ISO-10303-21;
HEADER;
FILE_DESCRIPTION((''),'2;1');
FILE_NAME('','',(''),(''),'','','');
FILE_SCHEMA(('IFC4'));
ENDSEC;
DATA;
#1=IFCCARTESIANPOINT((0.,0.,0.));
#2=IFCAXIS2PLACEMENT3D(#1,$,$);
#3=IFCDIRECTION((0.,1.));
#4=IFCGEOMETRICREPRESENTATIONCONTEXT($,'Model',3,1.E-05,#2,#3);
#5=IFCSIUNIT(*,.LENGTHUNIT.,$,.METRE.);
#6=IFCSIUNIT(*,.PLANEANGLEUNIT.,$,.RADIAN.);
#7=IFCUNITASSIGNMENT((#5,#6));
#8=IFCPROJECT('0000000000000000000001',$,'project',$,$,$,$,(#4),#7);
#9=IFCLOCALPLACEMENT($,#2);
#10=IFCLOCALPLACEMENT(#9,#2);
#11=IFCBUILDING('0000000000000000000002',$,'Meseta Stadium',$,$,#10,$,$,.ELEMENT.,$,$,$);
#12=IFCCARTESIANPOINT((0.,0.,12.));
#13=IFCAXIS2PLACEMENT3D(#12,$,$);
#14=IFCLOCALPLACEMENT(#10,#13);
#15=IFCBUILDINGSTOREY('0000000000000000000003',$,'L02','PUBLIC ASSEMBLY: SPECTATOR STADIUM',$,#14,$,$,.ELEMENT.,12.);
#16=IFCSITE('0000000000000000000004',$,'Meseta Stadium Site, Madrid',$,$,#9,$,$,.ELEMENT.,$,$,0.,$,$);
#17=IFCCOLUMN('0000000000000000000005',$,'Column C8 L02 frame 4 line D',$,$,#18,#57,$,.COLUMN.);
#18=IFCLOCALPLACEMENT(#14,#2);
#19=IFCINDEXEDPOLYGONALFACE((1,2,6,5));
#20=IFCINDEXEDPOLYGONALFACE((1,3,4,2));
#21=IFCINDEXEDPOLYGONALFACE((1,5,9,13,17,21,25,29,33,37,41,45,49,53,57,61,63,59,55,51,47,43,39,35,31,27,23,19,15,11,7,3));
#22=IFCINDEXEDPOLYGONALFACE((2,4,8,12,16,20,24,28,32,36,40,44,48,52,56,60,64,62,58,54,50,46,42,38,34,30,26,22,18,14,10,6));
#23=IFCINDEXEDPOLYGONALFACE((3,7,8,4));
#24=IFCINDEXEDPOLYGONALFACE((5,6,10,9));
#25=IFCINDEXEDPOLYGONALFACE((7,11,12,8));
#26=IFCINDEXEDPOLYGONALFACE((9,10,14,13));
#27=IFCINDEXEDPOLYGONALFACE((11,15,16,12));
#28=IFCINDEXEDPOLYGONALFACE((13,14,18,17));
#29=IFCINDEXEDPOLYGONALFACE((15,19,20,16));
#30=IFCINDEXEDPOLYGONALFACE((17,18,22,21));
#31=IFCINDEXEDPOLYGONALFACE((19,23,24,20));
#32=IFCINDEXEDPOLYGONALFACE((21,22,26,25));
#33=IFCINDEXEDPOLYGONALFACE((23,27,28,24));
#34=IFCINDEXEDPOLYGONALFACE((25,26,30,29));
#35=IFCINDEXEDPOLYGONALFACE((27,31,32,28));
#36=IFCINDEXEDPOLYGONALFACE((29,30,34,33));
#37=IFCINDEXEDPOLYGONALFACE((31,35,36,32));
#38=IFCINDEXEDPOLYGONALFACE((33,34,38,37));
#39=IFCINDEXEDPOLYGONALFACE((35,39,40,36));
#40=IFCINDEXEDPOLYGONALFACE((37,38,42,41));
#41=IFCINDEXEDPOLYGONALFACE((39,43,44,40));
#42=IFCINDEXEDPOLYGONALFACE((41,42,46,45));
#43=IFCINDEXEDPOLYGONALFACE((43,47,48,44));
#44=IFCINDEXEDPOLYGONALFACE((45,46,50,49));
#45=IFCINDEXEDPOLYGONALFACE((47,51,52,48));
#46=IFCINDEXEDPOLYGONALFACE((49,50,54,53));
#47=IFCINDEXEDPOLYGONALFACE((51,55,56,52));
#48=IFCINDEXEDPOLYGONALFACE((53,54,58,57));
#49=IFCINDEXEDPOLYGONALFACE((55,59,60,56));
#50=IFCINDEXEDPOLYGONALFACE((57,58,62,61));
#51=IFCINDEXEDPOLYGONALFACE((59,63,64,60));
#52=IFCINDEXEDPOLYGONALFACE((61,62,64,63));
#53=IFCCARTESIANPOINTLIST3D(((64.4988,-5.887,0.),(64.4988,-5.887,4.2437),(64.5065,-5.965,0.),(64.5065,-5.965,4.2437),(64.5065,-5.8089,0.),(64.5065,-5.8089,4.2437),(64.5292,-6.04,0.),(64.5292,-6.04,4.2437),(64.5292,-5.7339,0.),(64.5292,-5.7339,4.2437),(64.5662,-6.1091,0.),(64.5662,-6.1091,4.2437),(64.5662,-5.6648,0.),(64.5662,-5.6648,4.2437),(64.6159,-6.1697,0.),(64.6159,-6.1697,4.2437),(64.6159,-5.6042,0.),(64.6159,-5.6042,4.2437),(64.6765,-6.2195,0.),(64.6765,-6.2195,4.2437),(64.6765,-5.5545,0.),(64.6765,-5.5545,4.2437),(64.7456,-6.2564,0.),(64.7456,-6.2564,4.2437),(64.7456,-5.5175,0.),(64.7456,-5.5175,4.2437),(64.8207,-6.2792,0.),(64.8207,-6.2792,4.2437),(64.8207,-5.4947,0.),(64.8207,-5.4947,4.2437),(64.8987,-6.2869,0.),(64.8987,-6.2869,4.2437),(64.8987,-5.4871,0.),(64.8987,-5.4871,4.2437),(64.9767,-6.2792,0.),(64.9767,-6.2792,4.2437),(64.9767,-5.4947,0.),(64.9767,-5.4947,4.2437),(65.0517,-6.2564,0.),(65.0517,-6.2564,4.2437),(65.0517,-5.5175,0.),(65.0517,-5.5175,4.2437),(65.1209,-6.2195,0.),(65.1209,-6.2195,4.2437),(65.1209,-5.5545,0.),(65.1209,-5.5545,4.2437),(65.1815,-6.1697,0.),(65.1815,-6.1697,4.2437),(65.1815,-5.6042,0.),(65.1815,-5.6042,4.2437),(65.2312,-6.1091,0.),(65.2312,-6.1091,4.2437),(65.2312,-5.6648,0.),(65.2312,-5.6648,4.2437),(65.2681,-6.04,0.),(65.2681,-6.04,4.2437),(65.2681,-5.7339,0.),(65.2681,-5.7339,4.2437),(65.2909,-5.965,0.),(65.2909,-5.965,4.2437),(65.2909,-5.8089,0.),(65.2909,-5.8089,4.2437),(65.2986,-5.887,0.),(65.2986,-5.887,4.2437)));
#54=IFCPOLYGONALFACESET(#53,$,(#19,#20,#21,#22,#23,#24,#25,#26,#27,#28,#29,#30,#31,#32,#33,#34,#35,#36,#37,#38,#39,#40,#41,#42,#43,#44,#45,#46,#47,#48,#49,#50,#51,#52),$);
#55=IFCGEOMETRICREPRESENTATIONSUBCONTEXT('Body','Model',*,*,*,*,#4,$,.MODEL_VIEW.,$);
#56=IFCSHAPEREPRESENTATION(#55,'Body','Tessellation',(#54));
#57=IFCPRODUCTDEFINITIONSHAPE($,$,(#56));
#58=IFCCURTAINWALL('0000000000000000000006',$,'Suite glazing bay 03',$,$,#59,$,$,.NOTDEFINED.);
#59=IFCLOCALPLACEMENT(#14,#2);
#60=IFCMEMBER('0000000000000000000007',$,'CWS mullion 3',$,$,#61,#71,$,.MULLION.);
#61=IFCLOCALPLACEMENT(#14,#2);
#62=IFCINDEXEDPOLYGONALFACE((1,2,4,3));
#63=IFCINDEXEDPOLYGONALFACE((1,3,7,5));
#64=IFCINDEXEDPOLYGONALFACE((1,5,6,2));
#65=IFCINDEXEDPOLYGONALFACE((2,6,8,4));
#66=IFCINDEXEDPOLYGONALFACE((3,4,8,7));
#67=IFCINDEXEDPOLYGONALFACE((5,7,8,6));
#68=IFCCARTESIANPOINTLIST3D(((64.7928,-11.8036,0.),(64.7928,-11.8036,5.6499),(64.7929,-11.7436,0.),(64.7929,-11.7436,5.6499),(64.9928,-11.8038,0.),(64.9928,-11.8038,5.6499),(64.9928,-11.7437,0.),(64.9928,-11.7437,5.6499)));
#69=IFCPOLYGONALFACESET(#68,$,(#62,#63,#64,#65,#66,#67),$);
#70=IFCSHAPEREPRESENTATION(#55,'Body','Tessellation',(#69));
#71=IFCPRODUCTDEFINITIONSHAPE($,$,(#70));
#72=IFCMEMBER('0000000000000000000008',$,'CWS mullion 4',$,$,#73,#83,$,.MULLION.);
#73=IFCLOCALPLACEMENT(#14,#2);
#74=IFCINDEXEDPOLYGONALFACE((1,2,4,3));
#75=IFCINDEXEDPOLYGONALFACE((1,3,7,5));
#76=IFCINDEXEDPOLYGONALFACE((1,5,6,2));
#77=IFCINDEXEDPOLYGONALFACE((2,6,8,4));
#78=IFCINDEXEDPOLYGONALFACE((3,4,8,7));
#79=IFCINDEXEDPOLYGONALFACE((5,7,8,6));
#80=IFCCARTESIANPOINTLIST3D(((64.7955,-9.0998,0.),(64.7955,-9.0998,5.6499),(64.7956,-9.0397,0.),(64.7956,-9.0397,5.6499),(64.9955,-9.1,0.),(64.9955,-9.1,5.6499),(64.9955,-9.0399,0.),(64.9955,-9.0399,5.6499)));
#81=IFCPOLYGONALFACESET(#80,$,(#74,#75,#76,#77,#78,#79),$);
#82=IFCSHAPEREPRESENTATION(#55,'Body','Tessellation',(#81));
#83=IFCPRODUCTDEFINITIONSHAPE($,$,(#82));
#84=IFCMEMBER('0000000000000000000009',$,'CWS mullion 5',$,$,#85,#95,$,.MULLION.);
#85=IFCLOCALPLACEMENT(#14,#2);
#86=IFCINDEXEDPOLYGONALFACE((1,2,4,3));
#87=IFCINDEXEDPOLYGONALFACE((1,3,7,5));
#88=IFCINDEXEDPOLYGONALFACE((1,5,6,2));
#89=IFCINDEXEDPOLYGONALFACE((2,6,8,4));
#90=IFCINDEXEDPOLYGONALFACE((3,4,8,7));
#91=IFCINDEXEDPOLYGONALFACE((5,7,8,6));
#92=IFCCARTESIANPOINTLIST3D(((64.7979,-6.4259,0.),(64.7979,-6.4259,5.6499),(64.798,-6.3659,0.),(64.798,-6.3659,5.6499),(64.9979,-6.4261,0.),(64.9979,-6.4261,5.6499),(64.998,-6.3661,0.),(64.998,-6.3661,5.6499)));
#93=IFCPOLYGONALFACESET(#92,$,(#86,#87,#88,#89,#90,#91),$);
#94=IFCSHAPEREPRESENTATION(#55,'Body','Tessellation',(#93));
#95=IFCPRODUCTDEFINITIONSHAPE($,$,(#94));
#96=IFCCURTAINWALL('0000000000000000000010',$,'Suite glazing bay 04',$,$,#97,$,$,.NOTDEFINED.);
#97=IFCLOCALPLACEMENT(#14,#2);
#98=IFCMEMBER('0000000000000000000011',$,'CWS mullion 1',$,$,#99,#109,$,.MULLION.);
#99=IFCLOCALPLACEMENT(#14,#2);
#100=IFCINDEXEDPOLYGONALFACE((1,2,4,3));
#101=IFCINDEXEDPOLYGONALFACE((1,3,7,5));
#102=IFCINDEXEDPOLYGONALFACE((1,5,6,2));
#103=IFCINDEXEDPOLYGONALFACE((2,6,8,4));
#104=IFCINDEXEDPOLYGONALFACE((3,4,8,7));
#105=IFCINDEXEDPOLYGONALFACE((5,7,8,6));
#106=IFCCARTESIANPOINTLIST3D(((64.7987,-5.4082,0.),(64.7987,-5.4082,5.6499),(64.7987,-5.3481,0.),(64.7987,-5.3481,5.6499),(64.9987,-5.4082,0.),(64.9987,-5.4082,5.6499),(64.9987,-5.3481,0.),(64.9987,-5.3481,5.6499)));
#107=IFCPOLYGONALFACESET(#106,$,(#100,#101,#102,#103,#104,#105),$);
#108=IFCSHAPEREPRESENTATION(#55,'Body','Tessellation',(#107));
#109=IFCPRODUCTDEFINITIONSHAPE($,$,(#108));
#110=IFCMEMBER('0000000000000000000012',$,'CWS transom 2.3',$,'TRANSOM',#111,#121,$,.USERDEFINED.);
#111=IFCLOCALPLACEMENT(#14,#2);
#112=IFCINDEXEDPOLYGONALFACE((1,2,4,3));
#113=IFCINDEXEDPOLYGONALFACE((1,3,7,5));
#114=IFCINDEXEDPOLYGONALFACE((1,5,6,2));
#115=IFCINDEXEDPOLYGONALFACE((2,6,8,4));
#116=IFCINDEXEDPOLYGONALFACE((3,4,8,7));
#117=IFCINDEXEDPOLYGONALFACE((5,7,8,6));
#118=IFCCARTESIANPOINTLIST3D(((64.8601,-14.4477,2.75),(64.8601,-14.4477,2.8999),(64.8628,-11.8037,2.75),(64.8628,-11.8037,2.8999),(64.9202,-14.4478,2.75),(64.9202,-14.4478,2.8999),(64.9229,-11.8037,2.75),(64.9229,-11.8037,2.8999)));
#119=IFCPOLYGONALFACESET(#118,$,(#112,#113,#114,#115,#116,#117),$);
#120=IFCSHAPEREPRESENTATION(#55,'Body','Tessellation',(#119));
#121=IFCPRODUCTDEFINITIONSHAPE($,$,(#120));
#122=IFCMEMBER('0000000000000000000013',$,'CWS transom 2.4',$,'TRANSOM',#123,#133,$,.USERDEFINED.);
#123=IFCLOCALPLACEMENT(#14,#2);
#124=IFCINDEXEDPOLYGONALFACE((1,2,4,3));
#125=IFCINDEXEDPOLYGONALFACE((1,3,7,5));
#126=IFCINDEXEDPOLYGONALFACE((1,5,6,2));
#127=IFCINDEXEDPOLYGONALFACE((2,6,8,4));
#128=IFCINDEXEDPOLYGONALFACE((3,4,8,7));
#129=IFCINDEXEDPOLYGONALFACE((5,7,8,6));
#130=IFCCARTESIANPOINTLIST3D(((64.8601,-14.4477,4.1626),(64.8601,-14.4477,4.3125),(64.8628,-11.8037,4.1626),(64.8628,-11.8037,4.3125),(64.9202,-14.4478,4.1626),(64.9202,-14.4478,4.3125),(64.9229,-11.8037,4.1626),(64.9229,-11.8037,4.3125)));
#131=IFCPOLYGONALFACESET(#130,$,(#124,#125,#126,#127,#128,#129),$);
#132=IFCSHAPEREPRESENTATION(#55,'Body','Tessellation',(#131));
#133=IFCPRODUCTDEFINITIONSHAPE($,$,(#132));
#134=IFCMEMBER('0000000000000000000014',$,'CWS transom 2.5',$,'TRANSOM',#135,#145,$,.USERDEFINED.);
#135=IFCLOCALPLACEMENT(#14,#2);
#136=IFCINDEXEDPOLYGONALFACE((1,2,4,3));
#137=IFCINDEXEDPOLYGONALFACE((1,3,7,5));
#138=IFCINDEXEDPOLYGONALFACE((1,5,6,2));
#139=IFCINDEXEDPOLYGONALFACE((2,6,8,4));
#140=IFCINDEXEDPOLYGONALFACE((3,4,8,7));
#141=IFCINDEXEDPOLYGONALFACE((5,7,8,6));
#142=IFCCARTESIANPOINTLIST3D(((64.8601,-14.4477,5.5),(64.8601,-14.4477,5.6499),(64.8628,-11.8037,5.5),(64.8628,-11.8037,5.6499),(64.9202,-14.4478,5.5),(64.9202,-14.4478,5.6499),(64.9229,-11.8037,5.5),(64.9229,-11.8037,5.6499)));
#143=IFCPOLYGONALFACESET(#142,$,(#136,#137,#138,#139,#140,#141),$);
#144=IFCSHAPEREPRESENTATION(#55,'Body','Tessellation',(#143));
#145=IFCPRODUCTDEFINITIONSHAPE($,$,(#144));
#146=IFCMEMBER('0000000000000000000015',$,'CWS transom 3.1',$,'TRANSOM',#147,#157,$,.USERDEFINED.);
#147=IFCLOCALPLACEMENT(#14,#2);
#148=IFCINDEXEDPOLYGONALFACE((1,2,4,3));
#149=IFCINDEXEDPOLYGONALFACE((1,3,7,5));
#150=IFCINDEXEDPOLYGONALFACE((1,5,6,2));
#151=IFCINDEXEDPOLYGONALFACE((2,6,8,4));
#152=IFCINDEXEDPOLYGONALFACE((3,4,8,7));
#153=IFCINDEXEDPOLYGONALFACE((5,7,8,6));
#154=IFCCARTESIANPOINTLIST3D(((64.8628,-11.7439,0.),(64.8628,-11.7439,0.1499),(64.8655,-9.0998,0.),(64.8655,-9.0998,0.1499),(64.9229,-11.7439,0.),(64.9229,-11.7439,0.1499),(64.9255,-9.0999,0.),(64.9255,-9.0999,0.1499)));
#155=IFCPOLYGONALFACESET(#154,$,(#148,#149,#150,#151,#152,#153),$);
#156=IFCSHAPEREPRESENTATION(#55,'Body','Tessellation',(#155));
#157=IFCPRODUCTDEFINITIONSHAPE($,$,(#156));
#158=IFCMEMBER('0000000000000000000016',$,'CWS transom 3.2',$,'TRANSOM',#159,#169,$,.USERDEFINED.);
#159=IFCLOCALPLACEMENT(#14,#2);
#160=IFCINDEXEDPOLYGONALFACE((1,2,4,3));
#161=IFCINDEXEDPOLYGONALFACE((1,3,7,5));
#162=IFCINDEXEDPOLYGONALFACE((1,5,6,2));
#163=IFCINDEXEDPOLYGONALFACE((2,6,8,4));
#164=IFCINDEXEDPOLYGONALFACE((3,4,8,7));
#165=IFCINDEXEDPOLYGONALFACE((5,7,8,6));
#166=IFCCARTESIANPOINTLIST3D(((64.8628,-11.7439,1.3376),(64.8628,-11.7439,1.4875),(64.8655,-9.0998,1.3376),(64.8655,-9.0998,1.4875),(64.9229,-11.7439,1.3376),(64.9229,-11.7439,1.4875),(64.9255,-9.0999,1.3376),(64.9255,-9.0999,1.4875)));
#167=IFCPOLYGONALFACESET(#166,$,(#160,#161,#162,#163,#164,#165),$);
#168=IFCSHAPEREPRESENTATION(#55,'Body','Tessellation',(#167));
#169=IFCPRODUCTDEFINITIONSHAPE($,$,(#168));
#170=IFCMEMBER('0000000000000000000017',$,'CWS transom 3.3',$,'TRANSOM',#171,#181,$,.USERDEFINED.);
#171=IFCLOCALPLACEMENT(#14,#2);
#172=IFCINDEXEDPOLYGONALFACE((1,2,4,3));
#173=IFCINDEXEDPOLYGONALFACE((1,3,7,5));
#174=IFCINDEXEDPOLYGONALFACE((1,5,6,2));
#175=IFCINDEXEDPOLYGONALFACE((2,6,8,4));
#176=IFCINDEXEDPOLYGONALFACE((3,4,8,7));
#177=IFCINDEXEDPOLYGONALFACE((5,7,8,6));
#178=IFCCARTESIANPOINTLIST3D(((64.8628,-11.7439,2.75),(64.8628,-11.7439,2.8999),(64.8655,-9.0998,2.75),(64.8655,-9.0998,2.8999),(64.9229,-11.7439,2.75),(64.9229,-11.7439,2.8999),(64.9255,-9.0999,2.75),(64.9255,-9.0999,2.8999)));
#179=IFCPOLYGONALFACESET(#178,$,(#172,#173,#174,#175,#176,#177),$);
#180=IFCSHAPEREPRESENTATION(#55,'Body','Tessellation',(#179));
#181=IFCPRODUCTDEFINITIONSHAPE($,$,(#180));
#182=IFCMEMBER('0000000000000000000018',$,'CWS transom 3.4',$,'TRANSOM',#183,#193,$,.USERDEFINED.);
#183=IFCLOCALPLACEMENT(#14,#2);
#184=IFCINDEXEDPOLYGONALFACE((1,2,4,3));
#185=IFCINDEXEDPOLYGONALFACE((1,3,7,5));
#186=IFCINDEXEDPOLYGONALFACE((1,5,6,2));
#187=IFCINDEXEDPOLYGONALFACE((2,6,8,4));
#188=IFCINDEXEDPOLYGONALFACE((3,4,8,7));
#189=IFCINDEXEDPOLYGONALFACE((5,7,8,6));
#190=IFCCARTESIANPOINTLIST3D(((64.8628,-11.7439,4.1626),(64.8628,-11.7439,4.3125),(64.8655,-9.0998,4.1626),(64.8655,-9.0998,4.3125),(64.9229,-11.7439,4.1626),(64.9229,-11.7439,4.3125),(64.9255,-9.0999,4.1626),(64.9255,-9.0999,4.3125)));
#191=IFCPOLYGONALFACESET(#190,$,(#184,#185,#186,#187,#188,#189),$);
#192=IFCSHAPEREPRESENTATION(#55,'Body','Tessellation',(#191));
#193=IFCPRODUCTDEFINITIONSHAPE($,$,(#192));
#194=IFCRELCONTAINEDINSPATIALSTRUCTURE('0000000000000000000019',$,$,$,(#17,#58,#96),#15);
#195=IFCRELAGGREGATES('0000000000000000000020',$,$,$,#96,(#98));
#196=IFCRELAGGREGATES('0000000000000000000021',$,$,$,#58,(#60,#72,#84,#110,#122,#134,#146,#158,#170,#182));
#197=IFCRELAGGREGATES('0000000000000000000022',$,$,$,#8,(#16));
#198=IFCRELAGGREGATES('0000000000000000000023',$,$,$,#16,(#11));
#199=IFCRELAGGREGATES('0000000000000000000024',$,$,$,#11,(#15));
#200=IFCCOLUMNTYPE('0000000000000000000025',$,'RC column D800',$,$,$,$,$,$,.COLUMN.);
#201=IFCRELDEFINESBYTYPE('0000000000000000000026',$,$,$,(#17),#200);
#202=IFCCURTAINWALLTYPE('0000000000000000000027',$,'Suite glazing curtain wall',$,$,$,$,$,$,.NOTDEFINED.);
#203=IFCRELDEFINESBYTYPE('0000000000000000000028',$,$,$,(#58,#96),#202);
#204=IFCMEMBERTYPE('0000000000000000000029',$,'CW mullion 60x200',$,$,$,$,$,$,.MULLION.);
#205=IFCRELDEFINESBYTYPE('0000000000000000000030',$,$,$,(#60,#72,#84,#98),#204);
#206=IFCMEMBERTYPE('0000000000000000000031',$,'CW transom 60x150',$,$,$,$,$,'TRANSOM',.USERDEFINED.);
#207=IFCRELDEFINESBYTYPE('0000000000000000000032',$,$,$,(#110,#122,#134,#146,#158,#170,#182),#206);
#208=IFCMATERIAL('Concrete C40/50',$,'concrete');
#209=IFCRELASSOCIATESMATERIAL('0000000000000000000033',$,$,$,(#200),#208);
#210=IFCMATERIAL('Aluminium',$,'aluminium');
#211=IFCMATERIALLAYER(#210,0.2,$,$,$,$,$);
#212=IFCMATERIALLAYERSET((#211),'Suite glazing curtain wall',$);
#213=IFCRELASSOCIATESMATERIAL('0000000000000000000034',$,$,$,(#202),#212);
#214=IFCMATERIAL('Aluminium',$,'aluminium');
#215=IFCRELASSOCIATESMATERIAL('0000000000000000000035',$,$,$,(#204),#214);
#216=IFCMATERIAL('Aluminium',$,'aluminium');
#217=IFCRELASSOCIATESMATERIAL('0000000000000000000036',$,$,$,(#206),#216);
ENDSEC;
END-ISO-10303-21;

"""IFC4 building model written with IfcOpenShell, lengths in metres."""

from ifc_helpers import new_model, si_unit, direction, frame, origin, origin_2d, place, context, subcontext, project, spatial, rectangle, circle, extrude, material, layer, layer_set, material_profile, profile_set, type_object, element, aggregate, save


model = new_model("IFC4")

# Units and contexts
model_context = context("Model", 3, precision=1e-05, world=origin(), true_north=direction((0.0, 1.0)))
body_context = subcontext(model_context, "Body", "Model", "MODEL_VIEW")
ifc_project = project(units=[si_unit("LENGTHUNIT", "METRE"), si_unit("PLANEANGLEUNIT", "RADIAN")], contexts=[model_context])

# Site, building, storey
site_placement = place(None, origin())
site = spatial("IfcSite", under=ifc_project, at=site_placement, Name="Meseta Stadium Site, Madrid", CompositionType="ELEMENT", RefElevation=0.0)
building_placement = place(site_placement, origin())
building = spatial("IfcBuilding", under=site, at=building_placement, Name="Meseta Stadium", CompositionType="ELEMENT")
storey_placement = place(building_placement, frame((0.0, 0.0, 12.0)))
storey = spatial("IfcBuildingStorey", under=building, at=storey_placement, Name="L02", Description="PUBLIC ASSEMBLY: SPECTATOR STADIUM", CompositionType="ELEMENT", Elevation=12.0)

# Column
ifc_material_1 = material(Name="Concrete C40/50", Category="concrete")
ifc_material_profile_1 = material_profile(ifc_material_1, circle(Radius=0.3999, at=origin_2d()), Name="RC D800")
ifc_profile_set_1 = profile_set([ifc_material_profile_1], Name="Concrete C40/50")
column_type = type_object("IfcColumnType", Name="RC column D800", PredefinedType="COLUMN", material=ifc_profile_set_1)
column_placement = place(storey_placement, frame((64.8987, -5.887, 0.0), z_axis=(0.0, 0.0, 1.0), x_axis=(1.0, 0.0, 0.0)))
element("IfcColumn", 1, at=column_placement, inside=storey, type_object=column_type, Name="Column C8 L02 frame 4 line D", PredefinedType="COLUMN", context=body_context, shape_type="SweptSolid", body=[
    extrude(circle(Radius=0.3999, at=origin_2d()), origin(), (0.0, 0.0, 1.0), 4.2437),
])

# Curtain wall, members
ifc_material_2 = material(Name="Aluminium", Category="aluminium")
ifc_layer_1 = layer(ifc_material_2, 0.2)
ifc_layer_set_1 = layer_set([ifc_layer_1], Name="Suite glazing curtain wall")
curtain_wall_type = type_object("IfcCurtainWallType", Name="Suite glazing curtain wall", PredefinedType="NOTDEFINED", material=ifc_layer_set_1)
curtain_wall_1_placement = place(storey_placement, origin())
curtain_wall_1 = element("IfcCurtainWall", 2, at=curtain_wall_1_placement, inside=storey, type_object=curtain_wall_type, Name="Suite glazing bay 03", PredefinedType="NOTDEFINED")
ifc_material_3 = material(Name="Aluminium", Category="aluminium")
ifc_material_profile_2 = material_profile(ifc_material_3, rectangle(XDim=0.2, YDim=0.0601, at=origin_2d()), Name="CW 200x60")
ifc_profile_set_2 = profile_set([ifc_material_profile_2], Name="Aluminium")
member_type_1 = type_object("IfcMemberType", Name="CW mullion 60x200", PredefinedType="MULLION", material=ifc_profile_set_2)
member_1_placement = place(storey_placement, frame((64.8928, -11.7737, 0.0), z_axis=(0.0, 0.0, 1.0), x_axis=(-1.0, 0.000975, 0.0)))
member_1 = element("IfcMember", 3, at=member_1_placement, type_object=member_type_1, Name="CWS mullion 3", PredefinedType="MULLION", context=body_context, shape_type="SweptSolid", body=[
    extrude(rectangle(XDim=0.2, YDim=0.0601, at=origin_2d()), origin(), (0.0, 0.0, 1.0), 5.6499),
])
member_2_placement = place(storey_placement, frame((64.8955, -9.0698, 0.0), z_axis=(0.0, 0.0, 1.0), x_axis=(-1.0, 0.000975, 0.0)))
member_2 = element("IfcMember", 4, at=member_2_placement, type_object=member_type_1, Name="CWS mullion 4", PredefinedType="MULLION", context=body_context, shape_type="SweptSolid", body=[
    extrude(rectangle(XDim=0.2, YDim=0.0601, at=origin_2d()), origin(), (0.0, 0.0, 1.0), 5.6499),
])
member_3_placement = place(storey_placement, frame((64.8979, -6.396, 0.0), z_axis=(0.0, 0.0, 1.0), x_axis=(-1.0, 0.000975, 0.0)))
member_3 = element("IfcMember", 5, at=member_3_placement, type_object=member_type_1, Name="CWS mullion 5", PredefinedType="MULLION", context=body_context, shape_type="SweptSolid", body=[
    extrude(rectangle(XDim=0.2, YDim=0.0601, at=origin_2d()), origin(), (0.0, 0.0, 1.0), 5.6499),
])

# Curtain wall, member
curtain_wall_2_placement = place(storey_placement, origin())
curtain_wall_2 = element("IfcCurtainWall", 6, at=curtain_wall_2_placement, inside=storey, type_object=curtain_wall_type, Name="Suite glazing bay 04", PredefinedType="NOTDEFINED")
member_4_placement = place(storey_placement, frame((64.8987, -5.3782, 0.0), z_axis=(0.0, 0.0, 1.0), x_axis=(-1.0, 0.0, 0.0)))
member_4 = element("IfcMember", 7, at=member_4_placement, type_object=member_type_1, Name="CWS mullion 1", PredefinedType="MULLION", context=body_context, shape_type="SweptSolid", body=[
    extrude(rectangle(XDim=0.2, YDim=0.0601, at=origin_2d()), origin(), (0.0, 0.0, 1.0), 5.6499),
])

# Members
ifc_material_4 = material(Name="Aluminium", Category="aluminium")
ifc_material_profile_3 = material_profile(ifc_material_4, rectangle(XDim=0.0601, YDim=0.1499, at=origin_2d()), Name="CW 60x150")
ifc_profile_set_3 = profile_set([ifc_material_profile_3], Name="Aluminium")
member_type_2 = type_object("IfcMemberType", Name="CW transom 60x150", ElementType="TRANSOM", PredefinedType="USERDEFINED", material=ifc_profile_set_3)
member_5_placement = place(storey_placement, frame((64.8901, -14.4478, 2.825), z_axis=(0.001016, 0.999999, 0.0), x_axis=(-0.999999, 0.001016, 0.0)))
member_5 = element("IfcMember", 8, at=member_5_placement, type_object=member_type_2, Name="CWS transom 2.3", ObjectType="TRANSOM", PredefinedType="USERDEFINED", context=body_context, shape_type="SweptSolid", body=[
    extrude(rectangle(XDim=0.0601, YDim=0.1499, at=origin_2d()), origin(), (0.0, 0.0, 1.0), 2.644),
])
member_6_placement = place(storey_placement, frame((64.8901, -14.4478, 4.2375), z_axis=(0.001016, 0.999999, 0.0), x_axis=(-0.999999, 0.001016, 0.0)))
member_6 = element("IfcMember", 9, at=member_6_placement, type_object=member_type_2, Name="CWS transom 2.4", ObjectType="TRANSOM", PredefinedType="USERDEFINED", context=body_context, shape_type="SweptSolid", body=[
    extrude(rectangle(XDim=0.0601, YDim=0.1499, at=origin_2d()), origin(), (0.0, 0.0, 1.0), 2.644),
])
member_7_placement = place(storey_placement, frame((64.8901, -14.4478, 5.575), z_axis=(0.001016, 0.999999, 0.0), x_axis=(-0.999999, 0.001016, 0.0)))
member_7 = element("IfcMember", 10, at=member_7_placement, type_object=member_type_2, Name="CWS transom 2.5", ObjectType="TRANSOM", PredefinedType="USERDEFINED", context=body_context, shape_type="SweptSolid", body=[
    extrude(rectangle(XDim=0.0601, YDim=0.1499, at=origin_2d()), origin(), (0.0, 0.0, 1.0), 2.644),
])
member_8_placement = place(storey_placement, frame((64.8928, -11.7439, 0.075), z_axis=(0.001016, 0.999999, 0.0), x_axis=(-0.999999, 0.001016, 0.0)))
member_8 = element("IfcMember", 11, at=member_8_placement, type_object=member_type_2, Name="CWS transom 3.1", ObjectType="TRANSOM", PredefinedType="USERDEFINED", context=body_context, shape_type="SweptSolid", body=[
    extrude(rectangle(XDim=0.0601, YDim=0.1499, at=origin_2d()), origin(), (0.0, 0.0, 1.0), 2.644),
])
member_9_placement = place(storey_placement, frame((64.8928, -11.7439, 1.4126), z_axis=(0.001016, 0.999999, 0.0), x_axis=(-0.999999, 0.001016, 0.0)))
member_9 = element("IfcMember", 12, at=member_9_placement, type_object=member_type_2, Name="CWS transom 3.2", ObjectType="TRANSOM", PredefinedType="USERDEFINED", context=body_context, shape_type="SweptSolid", body=[
    extrude(rectangle(XDim=0.0601, YDim=0.1499, at=origin_2d()), origin(), (0.0, 0.0, 1.0), 2.644),
])
member_10_placement = place(storey_placement, frame((64.8928, -11.7439, 2.825), z_axis=(0.001016, 0.999999, 0.0), x_axis=(-0.999999, 0.001016, 0.0)))
member_10 = element("IfcMember", 13, at=member_10_placement, type_object=member_type_2, Name="CWS transom 3.3", ObjectType="TRANSOM", PredefinedType="USERDEFINED", context=body_context, shape_type="SweptSolid", body=[
    extrude(rectangle(XDim=0.0601, YDim=0.1499, at=origin_2d()), origin(), (0.0, 0.0, 1.0), 2.644),
])
member_11_placement = place(storey_placement, frame((64.8928, -11.7439, 4.2375), z_axis=(0.001016, 0.999999, 0.0), x_axis=(-0.999999, 0.001016, 0.0)))
member_11 = element("IfcMember", 14, at=member_11_placement, type_object=member_type_2, Name="CWS transom 3.4", ObjectType="TRANSOM", PredefinedType="USERDEFINED", context=body_context, shape_type="SweptSolid", body=[
    extrude(rectangle(XDim=0.0601, YDim=0.1499, at=origin_2d()), origin(), (0.0, 0.0, 1.0), 2.644),
])
aggregate(curtain_wall_2, [member_4])

aggregate(curtain_wall_1, [member_1, member_2, member_3, member_5, member_6, member_7, member_8, member_9, member_10, member_11])

save(model, "model.ifc")
